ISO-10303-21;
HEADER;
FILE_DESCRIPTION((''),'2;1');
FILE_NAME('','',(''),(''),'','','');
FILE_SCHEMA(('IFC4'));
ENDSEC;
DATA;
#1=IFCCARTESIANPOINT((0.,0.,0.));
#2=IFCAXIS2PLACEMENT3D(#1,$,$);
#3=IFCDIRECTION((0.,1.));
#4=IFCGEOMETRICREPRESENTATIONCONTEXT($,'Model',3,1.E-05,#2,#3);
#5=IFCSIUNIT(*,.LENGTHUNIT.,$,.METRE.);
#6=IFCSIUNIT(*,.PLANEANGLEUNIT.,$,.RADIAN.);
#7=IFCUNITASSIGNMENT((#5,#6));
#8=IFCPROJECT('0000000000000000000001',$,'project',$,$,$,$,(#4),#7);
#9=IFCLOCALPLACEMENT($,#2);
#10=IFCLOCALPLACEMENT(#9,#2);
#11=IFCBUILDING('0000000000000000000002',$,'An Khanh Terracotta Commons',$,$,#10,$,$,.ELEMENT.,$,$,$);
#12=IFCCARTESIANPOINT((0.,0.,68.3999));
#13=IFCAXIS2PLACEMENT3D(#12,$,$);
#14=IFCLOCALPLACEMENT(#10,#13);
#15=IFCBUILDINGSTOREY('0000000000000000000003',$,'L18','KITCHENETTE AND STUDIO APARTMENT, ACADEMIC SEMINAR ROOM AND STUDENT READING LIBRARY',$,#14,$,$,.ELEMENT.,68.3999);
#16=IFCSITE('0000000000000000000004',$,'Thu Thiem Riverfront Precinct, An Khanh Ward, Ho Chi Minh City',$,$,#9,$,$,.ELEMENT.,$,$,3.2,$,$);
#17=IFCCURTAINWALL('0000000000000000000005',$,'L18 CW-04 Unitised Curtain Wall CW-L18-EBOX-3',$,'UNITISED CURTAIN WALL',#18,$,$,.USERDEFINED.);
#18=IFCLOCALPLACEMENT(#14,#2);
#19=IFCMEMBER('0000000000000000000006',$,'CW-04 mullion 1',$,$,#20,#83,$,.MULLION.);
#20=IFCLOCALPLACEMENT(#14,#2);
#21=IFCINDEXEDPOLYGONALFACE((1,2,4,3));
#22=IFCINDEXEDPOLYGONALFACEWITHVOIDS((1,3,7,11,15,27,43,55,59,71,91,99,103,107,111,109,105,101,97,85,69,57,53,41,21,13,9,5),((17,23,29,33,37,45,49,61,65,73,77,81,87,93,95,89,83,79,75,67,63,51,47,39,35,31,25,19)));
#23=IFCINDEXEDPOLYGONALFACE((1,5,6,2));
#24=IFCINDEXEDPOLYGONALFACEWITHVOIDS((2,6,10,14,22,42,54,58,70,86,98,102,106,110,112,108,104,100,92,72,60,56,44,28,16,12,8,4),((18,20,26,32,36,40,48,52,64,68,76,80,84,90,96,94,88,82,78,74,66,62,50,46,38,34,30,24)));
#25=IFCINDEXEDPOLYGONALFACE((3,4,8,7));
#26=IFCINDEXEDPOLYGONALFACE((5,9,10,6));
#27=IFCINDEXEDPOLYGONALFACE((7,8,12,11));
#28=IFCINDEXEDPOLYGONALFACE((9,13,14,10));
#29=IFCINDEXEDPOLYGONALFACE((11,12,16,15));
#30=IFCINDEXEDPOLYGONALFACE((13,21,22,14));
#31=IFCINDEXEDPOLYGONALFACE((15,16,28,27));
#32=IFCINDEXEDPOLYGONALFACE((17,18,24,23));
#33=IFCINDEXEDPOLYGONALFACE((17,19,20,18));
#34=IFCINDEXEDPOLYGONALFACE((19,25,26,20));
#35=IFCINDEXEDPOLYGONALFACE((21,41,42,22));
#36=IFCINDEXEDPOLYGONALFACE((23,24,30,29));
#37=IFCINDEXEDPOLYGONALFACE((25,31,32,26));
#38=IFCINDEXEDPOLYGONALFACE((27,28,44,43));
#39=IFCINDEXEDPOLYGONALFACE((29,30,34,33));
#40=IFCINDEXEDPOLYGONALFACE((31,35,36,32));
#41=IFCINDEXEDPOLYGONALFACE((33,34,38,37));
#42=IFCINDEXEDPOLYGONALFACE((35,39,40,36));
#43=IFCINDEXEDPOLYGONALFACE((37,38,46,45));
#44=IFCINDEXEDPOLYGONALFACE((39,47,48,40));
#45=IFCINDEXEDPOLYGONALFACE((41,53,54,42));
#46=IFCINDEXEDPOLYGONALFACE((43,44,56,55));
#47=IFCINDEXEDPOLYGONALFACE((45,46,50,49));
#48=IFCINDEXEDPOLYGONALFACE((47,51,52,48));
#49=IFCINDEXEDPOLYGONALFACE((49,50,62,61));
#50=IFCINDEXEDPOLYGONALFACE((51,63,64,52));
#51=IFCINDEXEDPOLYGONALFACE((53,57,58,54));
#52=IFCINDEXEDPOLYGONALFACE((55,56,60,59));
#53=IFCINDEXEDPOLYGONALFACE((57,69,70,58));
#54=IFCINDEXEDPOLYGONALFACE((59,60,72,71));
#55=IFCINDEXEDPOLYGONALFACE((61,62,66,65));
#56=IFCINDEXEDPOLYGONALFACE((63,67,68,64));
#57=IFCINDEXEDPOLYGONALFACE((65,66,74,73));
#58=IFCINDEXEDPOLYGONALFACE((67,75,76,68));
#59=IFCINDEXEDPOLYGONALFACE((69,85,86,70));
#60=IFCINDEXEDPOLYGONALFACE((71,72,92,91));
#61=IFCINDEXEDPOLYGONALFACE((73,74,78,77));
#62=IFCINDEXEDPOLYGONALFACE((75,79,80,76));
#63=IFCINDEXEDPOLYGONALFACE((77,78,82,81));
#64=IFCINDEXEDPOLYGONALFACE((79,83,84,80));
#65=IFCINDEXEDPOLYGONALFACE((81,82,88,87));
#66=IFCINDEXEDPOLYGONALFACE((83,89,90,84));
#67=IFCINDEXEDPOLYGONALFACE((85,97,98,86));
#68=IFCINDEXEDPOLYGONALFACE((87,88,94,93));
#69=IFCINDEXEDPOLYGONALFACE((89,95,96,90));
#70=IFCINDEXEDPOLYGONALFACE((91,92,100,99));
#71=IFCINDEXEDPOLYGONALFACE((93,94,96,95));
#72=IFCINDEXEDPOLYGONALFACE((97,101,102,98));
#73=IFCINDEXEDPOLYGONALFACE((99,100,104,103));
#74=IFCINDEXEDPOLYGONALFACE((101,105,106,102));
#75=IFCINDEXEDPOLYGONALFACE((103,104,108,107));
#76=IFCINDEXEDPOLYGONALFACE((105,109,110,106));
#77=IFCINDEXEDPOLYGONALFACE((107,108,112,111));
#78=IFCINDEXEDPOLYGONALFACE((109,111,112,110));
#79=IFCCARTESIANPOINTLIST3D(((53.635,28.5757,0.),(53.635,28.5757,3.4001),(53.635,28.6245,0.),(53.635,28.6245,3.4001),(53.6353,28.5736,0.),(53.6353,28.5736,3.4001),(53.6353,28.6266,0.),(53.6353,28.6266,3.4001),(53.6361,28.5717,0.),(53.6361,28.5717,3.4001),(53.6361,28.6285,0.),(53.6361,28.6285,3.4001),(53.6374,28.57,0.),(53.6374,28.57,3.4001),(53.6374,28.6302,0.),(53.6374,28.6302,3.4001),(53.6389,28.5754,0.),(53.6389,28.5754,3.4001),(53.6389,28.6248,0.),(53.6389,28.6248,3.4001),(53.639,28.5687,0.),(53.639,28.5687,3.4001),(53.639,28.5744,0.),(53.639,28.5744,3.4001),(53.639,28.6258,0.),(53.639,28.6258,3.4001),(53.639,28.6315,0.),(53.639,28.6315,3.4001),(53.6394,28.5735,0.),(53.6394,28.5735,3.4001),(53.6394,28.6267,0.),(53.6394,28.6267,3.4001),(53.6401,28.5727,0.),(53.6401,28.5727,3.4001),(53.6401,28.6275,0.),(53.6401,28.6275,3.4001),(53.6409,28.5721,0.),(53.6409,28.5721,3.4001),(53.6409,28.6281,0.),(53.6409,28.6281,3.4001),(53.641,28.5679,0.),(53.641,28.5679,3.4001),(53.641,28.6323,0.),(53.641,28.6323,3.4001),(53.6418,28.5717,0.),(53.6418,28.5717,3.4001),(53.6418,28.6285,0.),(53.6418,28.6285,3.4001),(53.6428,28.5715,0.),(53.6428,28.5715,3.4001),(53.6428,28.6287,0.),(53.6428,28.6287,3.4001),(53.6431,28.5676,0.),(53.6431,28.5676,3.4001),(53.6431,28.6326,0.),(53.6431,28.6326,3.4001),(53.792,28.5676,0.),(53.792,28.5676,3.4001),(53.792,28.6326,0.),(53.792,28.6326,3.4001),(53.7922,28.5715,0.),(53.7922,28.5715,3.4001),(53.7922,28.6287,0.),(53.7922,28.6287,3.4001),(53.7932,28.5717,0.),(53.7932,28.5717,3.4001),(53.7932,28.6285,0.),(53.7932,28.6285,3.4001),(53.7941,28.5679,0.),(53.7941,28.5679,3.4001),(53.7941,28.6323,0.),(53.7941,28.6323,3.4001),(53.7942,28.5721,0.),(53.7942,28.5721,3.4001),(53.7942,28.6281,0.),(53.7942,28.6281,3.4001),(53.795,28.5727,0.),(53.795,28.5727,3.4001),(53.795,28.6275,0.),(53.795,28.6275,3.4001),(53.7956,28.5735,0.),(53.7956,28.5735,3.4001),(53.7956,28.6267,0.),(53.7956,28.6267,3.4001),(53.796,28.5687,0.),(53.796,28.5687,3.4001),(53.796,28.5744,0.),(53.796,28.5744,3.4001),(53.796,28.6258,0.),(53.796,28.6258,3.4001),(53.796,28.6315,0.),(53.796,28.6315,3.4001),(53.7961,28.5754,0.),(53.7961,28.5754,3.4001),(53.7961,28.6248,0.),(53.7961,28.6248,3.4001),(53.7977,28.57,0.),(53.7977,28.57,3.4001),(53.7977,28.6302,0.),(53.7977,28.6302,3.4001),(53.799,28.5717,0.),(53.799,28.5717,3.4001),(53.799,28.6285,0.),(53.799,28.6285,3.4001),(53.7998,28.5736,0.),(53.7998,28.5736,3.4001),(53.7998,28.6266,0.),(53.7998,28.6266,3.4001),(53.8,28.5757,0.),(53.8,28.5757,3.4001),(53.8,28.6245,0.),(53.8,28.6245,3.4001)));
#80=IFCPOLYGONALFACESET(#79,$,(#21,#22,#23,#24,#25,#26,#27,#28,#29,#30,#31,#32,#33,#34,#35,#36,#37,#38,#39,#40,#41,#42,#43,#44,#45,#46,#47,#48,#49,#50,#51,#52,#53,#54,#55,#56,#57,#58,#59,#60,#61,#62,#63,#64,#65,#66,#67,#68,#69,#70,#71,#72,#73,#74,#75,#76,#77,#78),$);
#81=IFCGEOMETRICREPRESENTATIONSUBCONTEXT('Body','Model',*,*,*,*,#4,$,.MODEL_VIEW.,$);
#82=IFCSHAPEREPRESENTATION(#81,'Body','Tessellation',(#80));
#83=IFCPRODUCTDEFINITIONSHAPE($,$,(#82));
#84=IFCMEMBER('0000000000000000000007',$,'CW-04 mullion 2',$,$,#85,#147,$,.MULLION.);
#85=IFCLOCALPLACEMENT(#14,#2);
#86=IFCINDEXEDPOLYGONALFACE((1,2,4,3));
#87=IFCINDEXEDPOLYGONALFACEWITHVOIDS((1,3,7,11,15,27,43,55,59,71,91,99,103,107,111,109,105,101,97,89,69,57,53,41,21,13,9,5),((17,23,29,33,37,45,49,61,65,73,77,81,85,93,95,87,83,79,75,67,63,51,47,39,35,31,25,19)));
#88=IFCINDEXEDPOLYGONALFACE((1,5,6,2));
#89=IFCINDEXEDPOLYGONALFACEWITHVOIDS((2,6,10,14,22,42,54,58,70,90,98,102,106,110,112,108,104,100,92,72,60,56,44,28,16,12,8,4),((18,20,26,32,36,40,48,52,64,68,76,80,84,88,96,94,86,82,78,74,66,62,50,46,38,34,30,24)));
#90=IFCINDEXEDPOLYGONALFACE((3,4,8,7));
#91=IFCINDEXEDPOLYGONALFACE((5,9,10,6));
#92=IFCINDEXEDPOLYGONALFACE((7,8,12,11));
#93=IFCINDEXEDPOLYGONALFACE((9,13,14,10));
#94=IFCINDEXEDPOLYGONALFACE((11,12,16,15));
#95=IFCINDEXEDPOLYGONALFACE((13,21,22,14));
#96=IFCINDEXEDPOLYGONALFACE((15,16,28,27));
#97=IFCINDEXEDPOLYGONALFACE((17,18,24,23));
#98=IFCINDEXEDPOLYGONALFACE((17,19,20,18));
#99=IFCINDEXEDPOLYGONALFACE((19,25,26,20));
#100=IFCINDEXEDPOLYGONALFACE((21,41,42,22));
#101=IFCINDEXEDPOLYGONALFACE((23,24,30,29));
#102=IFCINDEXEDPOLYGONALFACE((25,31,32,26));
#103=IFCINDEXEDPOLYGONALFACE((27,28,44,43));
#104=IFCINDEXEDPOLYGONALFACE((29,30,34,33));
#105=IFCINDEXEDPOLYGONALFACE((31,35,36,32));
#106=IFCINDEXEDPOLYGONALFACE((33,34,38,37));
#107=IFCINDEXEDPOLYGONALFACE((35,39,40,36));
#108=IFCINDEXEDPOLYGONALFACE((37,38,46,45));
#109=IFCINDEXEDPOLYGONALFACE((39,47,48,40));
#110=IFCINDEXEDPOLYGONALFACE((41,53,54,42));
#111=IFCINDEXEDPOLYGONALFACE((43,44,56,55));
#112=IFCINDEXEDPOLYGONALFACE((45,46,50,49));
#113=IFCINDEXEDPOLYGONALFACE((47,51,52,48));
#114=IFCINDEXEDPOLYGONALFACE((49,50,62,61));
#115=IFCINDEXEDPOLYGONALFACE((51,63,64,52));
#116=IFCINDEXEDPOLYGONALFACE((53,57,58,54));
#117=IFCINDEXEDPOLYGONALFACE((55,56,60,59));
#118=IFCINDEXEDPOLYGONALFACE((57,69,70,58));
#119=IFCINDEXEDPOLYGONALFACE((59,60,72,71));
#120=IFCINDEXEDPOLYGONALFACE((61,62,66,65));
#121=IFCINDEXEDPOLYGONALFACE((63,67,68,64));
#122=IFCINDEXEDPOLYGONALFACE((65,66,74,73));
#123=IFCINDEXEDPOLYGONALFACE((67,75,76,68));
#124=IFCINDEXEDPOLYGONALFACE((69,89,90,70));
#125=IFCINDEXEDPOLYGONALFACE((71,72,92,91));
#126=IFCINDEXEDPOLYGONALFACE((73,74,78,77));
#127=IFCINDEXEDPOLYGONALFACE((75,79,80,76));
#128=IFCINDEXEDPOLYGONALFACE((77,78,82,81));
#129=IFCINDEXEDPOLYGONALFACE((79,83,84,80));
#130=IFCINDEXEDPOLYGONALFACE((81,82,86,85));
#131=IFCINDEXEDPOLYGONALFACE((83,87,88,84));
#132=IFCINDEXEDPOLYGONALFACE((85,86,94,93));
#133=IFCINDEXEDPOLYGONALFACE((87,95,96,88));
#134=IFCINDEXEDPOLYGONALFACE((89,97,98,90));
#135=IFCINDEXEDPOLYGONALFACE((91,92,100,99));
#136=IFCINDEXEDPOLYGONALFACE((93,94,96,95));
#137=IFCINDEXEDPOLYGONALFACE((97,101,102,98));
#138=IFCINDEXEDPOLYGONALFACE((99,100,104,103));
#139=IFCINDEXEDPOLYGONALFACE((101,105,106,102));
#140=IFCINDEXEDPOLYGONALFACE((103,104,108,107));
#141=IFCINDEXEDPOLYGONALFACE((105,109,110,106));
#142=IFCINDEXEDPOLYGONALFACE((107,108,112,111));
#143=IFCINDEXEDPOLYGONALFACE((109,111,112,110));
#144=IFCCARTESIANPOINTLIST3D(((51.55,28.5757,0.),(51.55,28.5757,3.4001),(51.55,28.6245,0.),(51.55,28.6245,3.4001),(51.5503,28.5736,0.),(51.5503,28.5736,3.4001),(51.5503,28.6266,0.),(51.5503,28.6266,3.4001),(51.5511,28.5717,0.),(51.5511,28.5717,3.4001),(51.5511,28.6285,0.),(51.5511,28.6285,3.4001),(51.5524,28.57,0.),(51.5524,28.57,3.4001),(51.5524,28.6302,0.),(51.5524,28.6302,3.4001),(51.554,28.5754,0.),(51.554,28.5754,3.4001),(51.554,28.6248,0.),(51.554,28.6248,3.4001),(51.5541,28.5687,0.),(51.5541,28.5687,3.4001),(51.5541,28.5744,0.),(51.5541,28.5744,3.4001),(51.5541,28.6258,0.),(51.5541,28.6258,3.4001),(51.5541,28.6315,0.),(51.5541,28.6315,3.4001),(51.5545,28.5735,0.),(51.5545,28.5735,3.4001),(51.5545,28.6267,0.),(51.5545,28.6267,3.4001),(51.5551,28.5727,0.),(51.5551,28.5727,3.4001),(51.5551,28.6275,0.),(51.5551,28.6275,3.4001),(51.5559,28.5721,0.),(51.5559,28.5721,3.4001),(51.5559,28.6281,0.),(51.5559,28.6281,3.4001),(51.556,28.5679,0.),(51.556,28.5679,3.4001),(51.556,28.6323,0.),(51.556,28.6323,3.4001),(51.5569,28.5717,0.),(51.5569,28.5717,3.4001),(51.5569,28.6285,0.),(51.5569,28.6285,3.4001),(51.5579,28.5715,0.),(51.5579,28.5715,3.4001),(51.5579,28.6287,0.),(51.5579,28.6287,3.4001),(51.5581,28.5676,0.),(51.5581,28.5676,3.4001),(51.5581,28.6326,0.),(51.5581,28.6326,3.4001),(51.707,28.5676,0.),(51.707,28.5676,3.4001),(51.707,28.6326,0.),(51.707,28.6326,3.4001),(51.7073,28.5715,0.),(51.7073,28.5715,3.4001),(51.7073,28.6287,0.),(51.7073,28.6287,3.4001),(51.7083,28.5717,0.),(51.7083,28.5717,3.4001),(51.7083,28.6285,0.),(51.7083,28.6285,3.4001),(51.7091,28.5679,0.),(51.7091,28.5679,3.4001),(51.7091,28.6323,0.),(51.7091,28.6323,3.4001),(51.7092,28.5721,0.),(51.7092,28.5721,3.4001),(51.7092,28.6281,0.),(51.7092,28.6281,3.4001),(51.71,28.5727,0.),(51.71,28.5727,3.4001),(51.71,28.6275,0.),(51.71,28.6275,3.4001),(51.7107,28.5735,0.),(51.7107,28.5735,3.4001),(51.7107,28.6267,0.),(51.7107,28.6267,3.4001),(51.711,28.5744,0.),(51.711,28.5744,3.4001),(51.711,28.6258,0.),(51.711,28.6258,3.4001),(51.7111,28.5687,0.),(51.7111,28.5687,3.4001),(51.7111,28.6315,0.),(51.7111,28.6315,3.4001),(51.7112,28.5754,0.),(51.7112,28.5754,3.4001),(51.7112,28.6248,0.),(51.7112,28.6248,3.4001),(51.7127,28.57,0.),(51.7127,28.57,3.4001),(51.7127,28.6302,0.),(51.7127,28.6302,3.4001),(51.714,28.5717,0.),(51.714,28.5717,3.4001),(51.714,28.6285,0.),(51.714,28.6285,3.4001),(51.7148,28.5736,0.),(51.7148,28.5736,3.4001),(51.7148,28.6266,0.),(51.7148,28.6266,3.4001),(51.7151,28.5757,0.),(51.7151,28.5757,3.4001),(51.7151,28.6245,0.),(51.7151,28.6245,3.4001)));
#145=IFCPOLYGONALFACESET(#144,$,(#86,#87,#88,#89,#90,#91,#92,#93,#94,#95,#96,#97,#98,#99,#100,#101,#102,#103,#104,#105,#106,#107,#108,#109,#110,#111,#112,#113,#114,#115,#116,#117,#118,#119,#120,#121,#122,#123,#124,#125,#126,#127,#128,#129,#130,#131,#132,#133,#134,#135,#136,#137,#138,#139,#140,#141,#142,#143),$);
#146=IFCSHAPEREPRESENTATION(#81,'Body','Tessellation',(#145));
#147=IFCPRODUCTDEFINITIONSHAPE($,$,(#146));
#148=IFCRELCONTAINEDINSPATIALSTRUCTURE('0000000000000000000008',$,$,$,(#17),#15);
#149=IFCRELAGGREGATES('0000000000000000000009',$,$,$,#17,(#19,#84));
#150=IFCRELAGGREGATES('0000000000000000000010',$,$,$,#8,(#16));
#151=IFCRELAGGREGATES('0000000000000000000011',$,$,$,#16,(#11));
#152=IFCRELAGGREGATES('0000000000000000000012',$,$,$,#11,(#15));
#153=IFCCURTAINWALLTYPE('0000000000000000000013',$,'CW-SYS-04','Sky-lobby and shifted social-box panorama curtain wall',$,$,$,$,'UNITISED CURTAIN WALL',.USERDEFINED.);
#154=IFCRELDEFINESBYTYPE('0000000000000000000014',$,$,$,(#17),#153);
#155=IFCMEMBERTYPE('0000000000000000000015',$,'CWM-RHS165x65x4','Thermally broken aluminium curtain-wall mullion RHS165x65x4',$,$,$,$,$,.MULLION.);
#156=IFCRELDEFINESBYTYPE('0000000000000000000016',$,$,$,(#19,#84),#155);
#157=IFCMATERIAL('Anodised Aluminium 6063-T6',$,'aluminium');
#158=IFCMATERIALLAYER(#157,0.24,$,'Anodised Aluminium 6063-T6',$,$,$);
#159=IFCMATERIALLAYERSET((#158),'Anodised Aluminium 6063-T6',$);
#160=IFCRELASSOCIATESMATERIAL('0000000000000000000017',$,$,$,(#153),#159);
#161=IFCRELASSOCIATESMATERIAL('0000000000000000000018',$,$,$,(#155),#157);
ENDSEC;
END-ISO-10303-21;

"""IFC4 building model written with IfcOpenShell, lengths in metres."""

from ifc_helpers import new_model, si_unit, direction, frame, origin, origin_2d, place, context, subcontext, project, spatial, hollow_rectangle, extrude, material, layer, layer_set, material_profile, profile_set, type_object, element, aggregate, save


model = new_model("IFC4")

# Units and contexts
model_context = context("Model", 3, precision=1e-05, world=origin(), true_north=direction((0.0, 1.0)))
body_context = subcontext(model_context, "Body", "Model", "MODEL_VIEW")
ifc_project = project(units=[si_unit("LENGTHUNIT", "METRE"), si_unit("PLANEANGLEUNIT", "RADIAN")], contexts=[model_context])

# Site, building, storey
site_placement = place(None, origin())
site = spatial("IfcSite", under=ifc_project, at=site_placement, Name="Thu Thiem Riverfront Precinct, An Khanh Ward, Ho Chi Minh City", CompositionType="ELEMENT", RefElevation=3.2)
building_placement = place(site_placement, origin())
building = spatial("IfcBuilding", under=site, at=building_placement, Name="An Khanh Terracotta Commons", CompositionType="ELEMENT")
storey_placement = place(building_placement, frame((0.0, 0.0, 68.3999)))
storey = spatial("IfcBuildingStorey", under=building, at=storey_placement, Name="L18", Description="KITCHENETTE AND STUDIO APARTMENT, ACADEMIC SEMINAR ROOM AND STUDENT READING LIBRARY", CompositionType="ELEMENT", Elevation=68.3999)

# Curtain wall, members
ifc_material_1 = material(Name="Anodised Aluminium 6063-T6", Category="aluminium")
ifc_layer_1 = layer(ifc_material_1, 0.24, Name="Anodised Aluminium 6063-T6")
ifc_layer_set_1 = layer_set([ifc_layer_1], Name="Anodised Aluminium 6063-T6")
curtain_wall_type = type_object("IfcCurtainWallType", Name="CW-SYS-04", Description="Sky-lobby and shifted social-box panorama curtain wall", ElementType="UNITISED CURTAIN WALL", PredefinedType="USERDEFINED", material=ifc_layer_set_1)
ifc_material_profile_1 = material_profile(ifc_material_1, hollow_rectangle(XDim=0.0649, YDim=0.165, WallThickness=0.0039, InnerFilletRadius=0.0039, OuterFilletRadius=0.0081, at=origin_2d()), Name="RHS165x65x4")
ifc_profile_set_1 = profile_set([ifc_material_profile_1], Name="Anodised Aluminium 6063-T6")
member_type_1 = type_object("IfcMemberType", Name="CWM-RHS165x65x4", Description="Thermally broken aluminium curtain-wall mullion RHS165x65x4", PredefinedType="MULLION", material=ifc_profile_set_1)
curtain_wall_1_placement = place(storey_placement, origin())
curtain_wall_1 = element("IfcCurtainWall", 1, at=curtain_wall_1_placement, inside=storey, type_object=curtain_wall_type, Name="L18 CW-04 Unitised Curtain Wall CW-L18-EBOX-3", ObjectType="UNITISED CURTAIN WALL", PredefinedType="USERDEFINED")
member_1_placement = place(storey_placement, frame((53.7175, 28.6001, 0.0), z_axis=(0.0, 0.0, 1.0), x_axis=(0.0, -1.0, 0.0)))
member_1 = element("IfcMember", 2, at=member_1_placement, type_object=member_type_1, Name="CW-04 mullion 1", PredefinedType="MULLION", context=body_context, shape_type="SweptSolid", body=[
    extrude(hollow_rectangle(XDim=0.0649, YDim=0.165, WallThickness=0.0039, InnerFilletRadius=0.0039, OuterFilletRadius=0.0081, at=origin_2d()), origin(), (0.0, 0.0, 1.0), 3.4001),
])
member_2_placement = place(storey_placement, frame((51.6326, 28.6001, 0.0), z_axis=(0.0, 0.0, 1.0), x_axis=(0.0, -1.0, 0.0)))
member_2 = element("IfcMember", 3, at=member_2_placement, type_object=member_type_1, Name="CW-04 mullion 2", PredefinedType="MULLION", context=body_context, shape_type="SweptSolid", body=[
    extrude(hollow_rectangle(XDim=0.0649, YDim=0.165, WallThickness=0.0039, InnerFilletRadius=0.0039, OuterFilletRadius=0.0081, at=origin_2d()), origin(), (0.0, 0.0, 1.0), 3.4001),
])

aggregate(curtain_wall_1, [member_1, member_2])

save(model, "model.ifc")
